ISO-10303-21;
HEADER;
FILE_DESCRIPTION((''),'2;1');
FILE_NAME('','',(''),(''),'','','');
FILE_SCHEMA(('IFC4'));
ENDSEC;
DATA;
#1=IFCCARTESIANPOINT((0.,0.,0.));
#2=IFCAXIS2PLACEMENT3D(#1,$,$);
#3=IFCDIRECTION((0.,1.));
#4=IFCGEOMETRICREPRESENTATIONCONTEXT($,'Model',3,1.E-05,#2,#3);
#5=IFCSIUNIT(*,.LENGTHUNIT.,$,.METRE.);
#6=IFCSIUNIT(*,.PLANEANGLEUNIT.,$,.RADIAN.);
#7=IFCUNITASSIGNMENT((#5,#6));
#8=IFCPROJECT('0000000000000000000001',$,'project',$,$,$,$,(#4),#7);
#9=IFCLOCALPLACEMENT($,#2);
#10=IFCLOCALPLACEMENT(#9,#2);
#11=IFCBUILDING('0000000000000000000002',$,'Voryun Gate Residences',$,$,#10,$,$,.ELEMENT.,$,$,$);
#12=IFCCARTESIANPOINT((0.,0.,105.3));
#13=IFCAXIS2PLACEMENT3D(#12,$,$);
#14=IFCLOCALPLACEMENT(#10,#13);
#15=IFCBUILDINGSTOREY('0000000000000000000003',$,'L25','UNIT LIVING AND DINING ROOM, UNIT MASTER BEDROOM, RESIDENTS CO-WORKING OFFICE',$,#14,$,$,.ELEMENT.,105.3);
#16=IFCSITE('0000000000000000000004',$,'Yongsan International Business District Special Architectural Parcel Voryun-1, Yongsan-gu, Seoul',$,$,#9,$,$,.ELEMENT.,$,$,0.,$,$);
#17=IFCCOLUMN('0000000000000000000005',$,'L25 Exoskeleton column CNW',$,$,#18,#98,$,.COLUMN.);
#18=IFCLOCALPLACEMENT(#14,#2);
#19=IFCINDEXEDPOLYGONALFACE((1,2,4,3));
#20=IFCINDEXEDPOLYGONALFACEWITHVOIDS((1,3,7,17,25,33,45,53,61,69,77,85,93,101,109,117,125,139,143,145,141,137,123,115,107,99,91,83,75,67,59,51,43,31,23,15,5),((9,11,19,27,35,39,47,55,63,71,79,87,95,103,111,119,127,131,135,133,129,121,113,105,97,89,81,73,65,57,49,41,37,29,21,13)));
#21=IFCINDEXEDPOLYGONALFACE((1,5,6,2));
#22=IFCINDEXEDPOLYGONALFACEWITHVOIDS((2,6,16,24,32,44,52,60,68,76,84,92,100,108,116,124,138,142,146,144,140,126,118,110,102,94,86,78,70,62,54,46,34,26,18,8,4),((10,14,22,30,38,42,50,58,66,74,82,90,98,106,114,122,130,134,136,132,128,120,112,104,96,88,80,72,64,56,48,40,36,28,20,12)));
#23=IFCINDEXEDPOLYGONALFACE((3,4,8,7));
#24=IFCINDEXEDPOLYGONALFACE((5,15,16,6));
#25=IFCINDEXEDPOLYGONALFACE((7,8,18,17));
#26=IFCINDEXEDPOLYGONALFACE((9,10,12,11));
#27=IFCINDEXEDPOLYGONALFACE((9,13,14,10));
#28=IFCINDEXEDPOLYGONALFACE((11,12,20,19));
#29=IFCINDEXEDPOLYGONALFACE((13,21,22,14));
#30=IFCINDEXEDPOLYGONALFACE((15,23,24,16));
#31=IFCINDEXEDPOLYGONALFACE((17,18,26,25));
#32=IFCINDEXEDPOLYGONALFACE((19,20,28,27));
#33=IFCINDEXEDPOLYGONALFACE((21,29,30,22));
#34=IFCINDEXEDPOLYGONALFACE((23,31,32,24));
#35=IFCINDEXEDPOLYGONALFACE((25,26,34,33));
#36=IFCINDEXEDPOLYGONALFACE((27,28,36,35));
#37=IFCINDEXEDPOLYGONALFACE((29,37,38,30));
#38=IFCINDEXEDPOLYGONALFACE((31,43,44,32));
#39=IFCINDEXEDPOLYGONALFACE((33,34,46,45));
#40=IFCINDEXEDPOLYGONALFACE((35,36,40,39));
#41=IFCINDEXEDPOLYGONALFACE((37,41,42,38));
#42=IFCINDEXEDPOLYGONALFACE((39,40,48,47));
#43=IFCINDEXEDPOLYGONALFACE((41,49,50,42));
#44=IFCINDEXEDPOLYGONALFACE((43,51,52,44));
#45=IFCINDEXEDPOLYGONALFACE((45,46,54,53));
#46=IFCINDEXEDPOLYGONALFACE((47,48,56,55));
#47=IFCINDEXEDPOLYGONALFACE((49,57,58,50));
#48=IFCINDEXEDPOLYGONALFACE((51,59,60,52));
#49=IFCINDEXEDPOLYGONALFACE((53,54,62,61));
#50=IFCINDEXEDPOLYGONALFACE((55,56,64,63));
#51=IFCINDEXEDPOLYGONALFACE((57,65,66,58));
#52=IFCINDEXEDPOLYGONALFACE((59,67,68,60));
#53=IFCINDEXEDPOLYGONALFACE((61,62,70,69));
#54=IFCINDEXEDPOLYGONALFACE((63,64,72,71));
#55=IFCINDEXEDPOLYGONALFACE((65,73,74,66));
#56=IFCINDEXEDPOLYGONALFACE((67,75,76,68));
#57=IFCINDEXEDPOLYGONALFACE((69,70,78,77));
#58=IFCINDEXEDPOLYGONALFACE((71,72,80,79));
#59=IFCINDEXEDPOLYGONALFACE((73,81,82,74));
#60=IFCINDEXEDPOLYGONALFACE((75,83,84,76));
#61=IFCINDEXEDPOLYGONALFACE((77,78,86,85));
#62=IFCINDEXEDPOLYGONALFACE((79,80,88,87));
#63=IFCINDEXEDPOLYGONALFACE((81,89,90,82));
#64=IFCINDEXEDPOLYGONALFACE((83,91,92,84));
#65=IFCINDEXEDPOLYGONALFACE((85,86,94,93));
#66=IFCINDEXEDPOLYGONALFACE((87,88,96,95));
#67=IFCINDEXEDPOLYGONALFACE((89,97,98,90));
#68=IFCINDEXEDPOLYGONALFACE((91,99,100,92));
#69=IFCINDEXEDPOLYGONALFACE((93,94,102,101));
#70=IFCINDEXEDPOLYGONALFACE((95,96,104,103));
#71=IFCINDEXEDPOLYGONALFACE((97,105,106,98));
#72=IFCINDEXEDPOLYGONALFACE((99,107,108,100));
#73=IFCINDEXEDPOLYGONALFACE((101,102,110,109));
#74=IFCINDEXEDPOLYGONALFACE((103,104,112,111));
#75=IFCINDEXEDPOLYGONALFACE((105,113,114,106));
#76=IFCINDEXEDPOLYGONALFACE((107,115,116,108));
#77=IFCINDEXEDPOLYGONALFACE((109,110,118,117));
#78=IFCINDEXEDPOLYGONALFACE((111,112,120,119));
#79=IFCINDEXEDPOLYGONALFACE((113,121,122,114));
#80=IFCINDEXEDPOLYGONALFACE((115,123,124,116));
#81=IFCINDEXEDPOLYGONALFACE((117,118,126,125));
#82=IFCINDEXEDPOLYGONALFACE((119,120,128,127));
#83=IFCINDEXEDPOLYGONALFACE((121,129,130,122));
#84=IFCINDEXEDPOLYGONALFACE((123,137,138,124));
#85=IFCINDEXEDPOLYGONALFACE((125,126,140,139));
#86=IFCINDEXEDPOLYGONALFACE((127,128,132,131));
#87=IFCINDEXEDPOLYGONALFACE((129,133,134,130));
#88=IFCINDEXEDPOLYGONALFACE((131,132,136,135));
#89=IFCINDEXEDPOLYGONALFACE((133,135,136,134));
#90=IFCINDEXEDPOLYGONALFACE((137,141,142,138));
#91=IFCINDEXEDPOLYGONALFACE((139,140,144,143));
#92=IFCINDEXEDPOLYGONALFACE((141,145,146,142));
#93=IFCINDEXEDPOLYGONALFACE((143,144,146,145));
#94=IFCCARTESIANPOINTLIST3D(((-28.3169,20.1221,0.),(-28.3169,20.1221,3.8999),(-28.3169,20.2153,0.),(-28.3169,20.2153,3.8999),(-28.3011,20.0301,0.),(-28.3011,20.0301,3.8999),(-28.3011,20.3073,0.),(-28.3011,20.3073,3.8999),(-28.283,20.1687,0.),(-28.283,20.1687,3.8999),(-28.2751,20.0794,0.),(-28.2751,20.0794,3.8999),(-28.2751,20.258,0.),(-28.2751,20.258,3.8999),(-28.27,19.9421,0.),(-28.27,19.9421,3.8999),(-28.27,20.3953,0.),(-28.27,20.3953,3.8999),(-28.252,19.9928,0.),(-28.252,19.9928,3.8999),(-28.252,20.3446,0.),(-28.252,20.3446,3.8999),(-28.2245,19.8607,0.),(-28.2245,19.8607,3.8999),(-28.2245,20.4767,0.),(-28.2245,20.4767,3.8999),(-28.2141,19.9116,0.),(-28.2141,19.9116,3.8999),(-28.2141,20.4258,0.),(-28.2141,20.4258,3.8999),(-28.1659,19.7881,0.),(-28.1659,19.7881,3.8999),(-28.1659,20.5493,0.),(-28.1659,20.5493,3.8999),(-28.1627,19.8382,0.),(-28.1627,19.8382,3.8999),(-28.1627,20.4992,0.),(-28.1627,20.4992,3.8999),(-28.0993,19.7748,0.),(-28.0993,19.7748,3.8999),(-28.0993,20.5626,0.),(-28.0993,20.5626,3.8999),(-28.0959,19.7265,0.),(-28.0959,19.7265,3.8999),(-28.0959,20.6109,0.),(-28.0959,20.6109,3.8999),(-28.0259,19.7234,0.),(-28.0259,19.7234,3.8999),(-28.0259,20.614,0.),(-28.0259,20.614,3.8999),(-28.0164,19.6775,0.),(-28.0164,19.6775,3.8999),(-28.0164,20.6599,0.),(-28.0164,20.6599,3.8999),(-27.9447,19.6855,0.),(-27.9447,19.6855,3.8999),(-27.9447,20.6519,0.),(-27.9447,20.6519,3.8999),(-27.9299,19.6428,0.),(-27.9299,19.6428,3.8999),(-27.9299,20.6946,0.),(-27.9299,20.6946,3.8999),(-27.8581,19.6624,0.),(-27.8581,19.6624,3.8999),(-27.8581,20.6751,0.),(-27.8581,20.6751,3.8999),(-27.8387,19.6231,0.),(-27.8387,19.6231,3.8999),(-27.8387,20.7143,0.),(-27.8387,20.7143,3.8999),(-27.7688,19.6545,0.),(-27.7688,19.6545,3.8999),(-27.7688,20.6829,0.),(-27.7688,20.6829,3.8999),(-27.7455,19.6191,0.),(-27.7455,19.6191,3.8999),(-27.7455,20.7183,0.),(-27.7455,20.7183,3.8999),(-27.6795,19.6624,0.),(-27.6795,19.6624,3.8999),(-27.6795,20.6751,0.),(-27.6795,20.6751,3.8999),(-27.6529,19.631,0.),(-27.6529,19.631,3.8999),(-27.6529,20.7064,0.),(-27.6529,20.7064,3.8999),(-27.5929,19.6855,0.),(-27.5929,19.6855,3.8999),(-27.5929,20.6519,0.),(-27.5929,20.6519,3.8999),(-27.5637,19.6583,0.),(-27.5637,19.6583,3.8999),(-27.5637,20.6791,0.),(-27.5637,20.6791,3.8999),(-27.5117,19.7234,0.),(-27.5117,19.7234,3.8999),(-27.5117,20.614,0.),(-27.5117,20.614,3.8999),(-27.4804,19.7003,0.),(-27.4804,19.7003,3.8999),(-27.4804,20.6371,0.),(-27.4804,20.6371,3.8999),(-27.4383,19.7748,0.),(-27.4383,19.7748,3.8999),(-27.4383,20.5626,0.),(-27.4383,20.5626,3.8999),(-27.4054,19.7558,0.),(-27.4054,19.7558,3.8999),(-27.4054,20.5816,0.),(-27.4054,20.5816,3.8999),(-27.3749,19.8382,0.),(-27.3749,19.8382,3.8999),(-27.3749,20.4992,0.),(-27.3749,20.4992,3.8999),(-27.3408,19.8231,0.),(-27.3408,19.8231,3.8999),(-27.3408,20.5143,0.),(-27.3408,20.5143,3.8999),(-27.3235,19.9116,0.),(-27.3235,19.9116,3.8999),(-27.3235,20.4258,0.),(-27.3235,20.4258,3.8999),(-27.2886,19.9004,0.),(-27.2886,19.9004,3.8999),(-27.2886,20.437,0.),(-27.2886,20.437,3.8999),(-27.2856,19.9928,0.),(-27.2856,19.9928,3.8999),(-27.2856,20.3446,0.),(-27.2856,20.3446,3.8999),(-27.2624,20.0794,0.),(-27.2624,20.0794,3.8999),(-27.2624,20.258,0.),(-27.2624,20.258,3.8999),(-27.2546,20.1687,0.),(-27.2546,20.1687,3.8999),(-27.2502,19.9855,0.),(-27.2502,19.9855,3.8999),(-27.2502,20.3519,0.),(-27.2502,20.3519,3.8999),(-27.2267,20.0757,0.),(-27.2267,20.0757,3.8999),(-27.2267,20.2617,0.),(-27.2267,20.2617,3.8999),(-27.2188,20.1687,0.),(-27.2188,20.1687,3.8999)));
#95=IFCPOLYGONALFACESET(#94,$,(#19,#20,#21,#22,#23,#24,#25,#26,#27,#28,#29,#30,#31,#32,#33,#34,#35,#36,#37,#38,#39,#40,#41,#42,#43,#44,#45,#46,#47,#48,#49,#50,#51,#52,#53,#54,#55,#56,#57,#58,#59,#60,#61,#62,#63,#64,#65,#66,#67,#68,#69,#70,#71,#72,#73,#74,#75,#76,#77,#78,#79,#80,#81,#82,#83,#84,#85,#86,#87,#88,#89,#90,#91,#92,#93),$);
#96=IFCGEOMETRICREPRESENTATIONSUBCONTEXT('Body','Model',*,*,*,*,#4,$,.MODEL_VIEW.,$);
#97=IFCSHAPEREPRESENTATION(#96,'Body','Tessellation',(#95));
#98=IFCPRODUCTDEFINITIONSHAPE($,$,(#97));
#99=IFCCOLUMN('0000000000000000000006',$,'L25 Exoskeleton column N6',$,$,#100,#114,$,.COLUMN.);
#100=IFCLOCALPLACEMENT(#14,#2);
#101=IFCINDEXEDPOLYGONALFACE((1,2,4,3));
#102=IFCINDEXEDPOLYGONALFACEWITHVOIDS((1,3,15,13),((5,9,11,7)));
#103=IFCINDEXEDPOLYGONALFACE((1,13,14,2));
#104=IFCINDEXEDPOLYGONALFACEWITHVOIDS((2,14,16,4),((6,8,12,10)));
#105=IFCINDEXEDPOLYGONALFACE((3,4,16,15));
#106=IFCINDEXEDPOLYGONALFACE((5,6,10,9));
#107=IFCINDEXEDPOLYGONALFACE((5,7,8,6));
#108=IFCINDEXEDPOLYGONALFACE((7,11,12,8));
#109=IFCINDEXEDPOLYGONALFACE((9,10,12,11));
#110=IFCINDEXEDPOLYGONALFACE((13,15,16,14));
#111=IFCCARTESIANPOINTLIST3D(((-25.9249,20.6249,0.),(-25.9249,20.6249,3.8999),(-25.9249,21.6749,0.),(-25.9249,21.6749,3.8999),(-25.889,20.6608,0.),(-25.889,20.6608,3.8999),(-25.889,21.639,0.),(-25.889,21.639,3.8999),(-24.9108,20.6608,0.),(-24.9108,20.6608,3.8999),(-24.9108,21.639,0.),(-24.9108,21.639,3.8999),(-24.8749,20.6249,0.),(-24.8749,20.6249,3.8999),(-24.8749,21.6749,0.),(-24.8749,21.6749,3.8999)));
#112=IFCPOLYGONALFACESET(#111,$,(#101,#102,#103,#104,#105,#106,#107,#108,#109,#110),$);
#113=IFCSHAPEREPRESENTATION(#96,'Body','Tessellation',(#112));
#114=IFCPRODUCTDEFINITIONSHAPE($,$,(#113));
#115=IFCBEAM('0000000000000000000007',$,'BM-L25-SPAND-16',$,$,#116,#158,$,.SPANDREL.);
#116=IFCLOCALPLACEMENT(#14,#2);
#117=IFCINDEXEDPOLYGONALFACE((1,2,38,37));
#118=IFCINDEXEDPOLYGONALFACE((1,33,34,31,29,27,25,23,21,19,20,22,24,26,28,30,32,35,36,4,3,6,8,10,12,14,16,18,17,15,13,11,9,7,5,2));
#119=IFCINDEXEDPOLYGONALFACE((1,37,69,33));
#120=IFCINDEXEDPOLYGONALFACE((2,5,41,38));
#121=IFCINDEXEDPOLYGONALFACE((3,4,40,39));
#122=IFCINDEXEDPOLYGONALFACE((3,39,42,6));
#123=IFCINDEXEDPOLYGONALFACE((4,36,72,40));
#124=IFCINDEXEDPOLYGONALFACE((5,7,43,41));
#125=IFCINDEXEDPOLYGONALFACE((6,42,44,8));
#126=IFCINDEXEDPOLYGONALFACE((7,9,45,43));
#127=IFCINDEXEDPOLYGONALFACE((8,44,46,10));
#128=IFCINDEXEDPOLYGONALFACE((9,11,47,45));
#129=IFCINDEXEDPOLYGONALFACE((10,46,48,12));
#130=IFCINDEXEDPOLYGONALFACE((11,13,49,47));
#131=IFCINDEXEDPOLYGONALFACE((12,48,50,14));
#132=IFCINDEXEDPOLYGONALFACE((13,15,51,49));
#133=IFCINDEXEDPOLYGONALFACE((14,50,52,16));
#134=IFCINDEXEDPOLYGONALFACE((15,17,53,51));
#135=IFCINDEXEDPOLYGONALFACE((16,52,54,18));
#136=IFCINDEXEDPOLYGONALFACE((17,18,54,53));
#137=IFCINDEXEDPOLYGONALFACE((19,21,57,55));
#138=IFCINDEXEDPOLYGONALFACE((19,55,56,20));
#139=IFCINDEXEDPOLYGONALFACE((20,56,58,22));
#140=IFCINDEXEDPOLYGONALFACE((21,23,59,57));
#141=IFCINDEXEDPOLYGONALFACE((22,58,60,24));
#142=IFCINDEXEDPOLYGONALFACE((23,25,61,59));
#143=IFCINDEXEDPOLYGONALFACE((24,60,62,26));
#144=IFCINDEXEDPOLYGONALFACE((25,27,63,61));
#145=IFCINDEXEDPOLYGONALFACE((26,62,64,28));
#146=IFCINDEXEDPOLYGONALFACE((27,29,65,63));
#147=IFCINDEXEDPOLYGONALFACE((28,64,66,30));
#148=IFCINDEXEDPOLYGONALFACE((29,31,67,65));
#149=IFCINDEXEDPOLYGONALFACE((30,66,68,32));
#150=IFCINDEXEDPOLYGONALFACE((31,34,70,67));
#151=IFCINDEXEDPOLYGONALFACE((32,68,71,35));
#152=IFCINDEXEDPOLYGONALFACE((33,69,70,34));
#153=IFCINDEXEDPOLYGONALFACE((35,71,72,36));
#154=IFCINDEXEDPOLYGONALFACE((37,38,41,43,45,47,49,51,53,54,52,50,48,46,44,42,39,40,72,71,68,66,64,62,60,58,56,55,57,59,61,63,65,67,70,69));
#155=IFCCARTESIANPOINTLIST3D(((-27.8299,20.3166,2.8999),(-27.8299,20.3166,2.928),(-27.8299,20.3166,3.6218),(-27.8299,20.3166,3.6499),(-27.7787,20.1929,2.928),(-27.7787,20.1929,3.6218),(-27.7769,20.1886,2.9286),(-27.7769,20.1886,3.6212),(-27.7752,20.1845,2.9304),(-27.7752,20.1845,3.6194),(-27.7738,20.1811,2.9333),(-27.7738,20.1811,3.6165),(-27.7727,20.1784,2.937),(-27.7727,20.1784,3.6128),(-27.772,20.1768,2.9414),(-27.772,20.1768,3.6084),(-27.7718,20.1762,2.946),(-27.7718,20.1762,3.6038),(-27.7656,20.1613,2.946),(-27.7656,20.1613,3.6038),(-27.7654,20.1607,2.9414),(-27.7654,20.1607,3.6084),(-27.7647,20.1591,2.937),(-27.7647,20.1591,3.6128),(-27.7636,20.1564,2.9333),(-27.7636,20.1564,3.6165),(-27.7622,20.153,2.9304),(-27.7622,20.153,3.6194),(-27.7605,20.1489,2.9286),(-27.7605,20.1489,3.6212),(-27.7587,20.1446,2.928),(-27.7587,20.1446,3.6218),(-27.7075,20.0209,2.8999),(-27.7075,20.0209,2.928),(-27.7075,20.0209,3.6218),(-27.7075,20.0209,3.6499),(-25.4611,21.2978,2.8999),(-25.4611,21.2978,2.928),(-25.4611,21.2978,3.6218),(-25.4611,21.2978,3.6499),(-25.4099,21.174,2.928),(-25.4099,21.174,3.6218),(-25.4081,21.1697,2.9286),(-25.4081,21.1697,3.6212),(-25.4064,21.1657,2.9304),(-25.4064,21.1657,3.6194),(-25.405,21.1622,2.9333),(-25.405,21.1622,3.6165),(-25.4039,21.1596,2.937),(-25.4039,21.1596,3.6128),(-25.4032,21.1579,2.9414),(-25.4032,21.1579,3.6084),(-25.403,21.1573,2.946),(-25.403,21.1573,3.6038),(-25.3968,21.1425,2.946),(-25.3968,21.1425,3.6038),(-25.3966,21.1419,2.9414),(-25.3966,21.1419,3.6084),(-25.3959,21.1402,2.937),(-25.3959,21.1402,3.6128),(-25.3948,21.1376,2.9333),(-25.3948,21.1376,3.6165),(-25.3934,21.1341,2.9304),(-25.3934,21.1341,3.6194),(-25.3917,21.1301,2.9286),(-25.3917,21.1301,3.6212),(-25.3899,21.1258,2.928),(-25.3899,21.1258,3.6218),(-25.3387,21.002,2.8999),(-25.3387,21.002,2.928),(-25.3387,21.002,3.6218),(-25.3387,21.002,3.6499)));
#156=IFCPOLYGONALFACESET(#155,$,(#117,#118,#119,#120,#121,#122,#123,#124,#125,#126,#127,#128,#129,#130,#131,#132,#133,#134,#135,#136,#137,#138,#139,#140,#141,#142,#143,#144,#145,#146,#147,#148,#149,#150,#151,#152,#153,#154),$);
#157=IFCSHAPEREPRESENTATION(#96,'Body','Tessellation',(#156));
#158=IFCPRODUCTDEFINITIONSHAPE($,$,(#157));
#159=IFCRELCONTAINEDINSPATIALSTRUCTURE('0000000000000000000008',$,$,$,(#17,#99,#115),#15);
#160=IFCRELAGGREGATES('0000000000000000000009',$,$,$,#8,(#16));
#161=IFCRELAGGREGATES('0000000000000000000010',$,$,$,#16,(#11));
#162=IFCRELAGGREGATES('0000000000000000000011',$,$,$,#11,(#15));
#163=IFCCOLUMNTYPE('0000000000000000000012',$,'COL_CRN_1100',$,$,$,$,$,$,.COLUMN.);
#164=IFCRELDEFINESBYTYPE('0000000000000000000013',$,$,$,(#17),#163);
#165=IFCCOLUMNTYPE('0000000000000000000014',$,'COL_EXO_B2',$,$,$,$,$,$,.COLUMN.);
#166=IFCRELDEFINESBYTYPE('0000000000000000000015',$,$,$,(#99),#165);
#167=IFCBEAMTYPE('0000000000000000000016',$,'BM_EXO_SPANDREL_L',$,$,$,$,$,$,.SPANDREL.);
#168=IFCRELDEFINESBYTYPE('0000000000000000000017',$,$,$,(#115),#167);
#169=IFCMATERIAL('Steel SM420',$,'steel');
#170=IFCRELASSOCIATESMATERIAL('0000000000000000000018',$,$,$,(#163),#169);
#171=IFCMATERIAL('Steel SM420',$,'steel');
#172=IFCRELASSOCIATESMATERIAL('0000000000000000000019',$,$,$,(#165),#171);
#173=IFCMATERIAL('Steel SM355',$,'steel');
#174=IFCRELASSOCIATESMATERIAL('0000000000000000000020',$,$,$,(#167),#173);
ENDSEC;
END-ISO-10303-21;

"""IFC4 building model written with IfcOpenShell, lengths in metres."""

from ifc_helpers import new_model, si_unit, direction, frame, origin, origin_2d, place, context, subcontext, project, spatial, hollow_rectangle, hollow_circle, i_section, extrude, material, material_profile, profile_set, type_object, element, save


model = new_model("IFC4")

# Units and contexts
model_context = context("Model", 3, precision=1e-05, world=origin(), true_north=direction((0.0, 1.0)))
body_context = subcontext(model_context, "Body", "Model", "MODEL_VIEW")
ifc_project = project(units=[si_unit("LENGTHUNIT", "METRE"), si_unit("PLANEANGLEUNIT", "RADIAN")], contexts=[model_context])

# Site, building, storey
site_placement = place(None, origin())
site = spatial("IfcSite", under=ifc_project, at=site_placement, Name="Yongsan International Business District Special Architectural Parcel Voryun-1, Yongsan-gu, Seoul", CompositionType="ELEMENT", RefElevation=0.0)
building_placement = place(site_placement, origin())
building = spatial("IfcBuilding", under=site, at=building_placement, Name="Voryun Gate Residences", CompositionType="ELEMENT")
storey_placement = place(building_placement, frame((0.0, 0.0, 105.3)))
storey = spatial("IfcBuildingStorey", under=building, at=storey_placement, Name="L25", Description="UNIT LIVING AND DINING ROOM, UNIT MASTER BEDROOM, RESIDENTS CO-WORKING OFFICE", CompositionType="ELEMENT", Elevation=105.3)

# Columns
ifc_material_1 = material(Name="Steel SM420", Category="steel")
ifc_material_profile_1 = material_profile(ifc_material_1, hollow_circle(Radius=0.55, WallThickness=0.0359, at=origin_2d()), Name="CHS-1100x36")
ifc_profile_set_1 = profile_set([ifc_material_profile_1], Name="Steel SM420")
column_type_1 = type_object("IfcColumnType", Name="COL_CRN_1100", PredefinedType="COLUMN", material=ifc_profile_set_1)
column_1_placement = place(storey_placement, frame((-27.7688, 20.1687, 0.0), z_axis=(0.0, 0.0, 1.0), x_axis=(1.0, 0.0, 0.0)))
element("IfcColumn", 1, at=column_1_placement, inside=storey, type_object=column_type_1, Name="L25 Exoskeleton column CNW", PredefinedType="COLUMN", context=body_context, shape_type="SweptSolid", body=[
    extrude(hollow_circle(Radius=0.55, WallThickness=0.0359, at=origin_2d()), origin(), (0.0, 0.0, 1.0), 3.8999),
])
ifc_material_2 = material(Name="Steel SM420", Category="steel")
ifc_material_profile_2 = material_profile(ifc_material_2, hollow_rectangle(XDim=1.05, YDim=1.05, WallThickness=0.0359, at=origin_2d()), Name="BOX-1050x1050x36")
ifc_profile_set_2 = profile_set([ifc_material_profile_2], Name="Steel SM420")
column_type_2 = type_object("IfcColumnType", Name="COL_EXO_B2", PredefinedType="COLUMN", material=ifc_profile_set_2)
column_2_placement = place(storey_placement, frame((-25.3999, 21.1499, 0.0), z_axis=(0.0, 0.0, 1.0), x_axis=(1.0, 0.0, 0.0)))
element("IfcColumn", 2, at=column_2_placement, inside=storey, type_object=column_type_2, Name="L25 Exoskeleton column N6", PredefinedType="COLUMN", context=body_context, shape_type="SweptSolid", body=[
    extrude(hollow_rectangle(XDim=1.05, YDim=1.05, WallThickness=0.0359, at=origin_2d()), origin(), (0.0, 0.0, 1.0), 3.8999),
])

# Beam
ifc_material_3 = material(Name="Steel SM355", Category="steel")
ifc_material_profile_3 = material_profile(ifc_material_3, i_section(OverallWidth=0.3201, OverallDepth=0.75, WebThickness=0.0161, FlangeThickness=0.0281, FilletRadius=0.0181, at=origin_2d()), Name="H-750x320x16x28")
ifc_profile_set_3 = profile_set([ifc_material_profile_3], Name="Steel SM355")
beam_type = type_object("IfcBeamType", Name="BM_EXO_SPANDREL_L", PredefinedType="SPANDREL", material=ifc_profile_set_3)
beam_1_placement = place(storey_placement, frame((-25.3999, 21.1499, 3.2749), z_axis=(-0.923883, -0.382674, 0.0), x_axis=(0.382674, -0.923883, 0.0)))
element("IfcBeam", 3, at=beam_1_placement, inside=storey, type_object=beam_type, Name="BM-L25-SPAND-16", PredefinedType="SPANDREL", context=body_context, shape_type="SweptSolid", body=[
    extrude(i_section(OverallWidth=0.3201, OverallDepth=0.75, WebThickness=0.0161, FlangeThickness=0.0281, FilletRadius=0.0181, at=origin_2d()), origin(), (0.0, 0.0, 1.0), 2.564),
])

save(model, "model.ifc")
